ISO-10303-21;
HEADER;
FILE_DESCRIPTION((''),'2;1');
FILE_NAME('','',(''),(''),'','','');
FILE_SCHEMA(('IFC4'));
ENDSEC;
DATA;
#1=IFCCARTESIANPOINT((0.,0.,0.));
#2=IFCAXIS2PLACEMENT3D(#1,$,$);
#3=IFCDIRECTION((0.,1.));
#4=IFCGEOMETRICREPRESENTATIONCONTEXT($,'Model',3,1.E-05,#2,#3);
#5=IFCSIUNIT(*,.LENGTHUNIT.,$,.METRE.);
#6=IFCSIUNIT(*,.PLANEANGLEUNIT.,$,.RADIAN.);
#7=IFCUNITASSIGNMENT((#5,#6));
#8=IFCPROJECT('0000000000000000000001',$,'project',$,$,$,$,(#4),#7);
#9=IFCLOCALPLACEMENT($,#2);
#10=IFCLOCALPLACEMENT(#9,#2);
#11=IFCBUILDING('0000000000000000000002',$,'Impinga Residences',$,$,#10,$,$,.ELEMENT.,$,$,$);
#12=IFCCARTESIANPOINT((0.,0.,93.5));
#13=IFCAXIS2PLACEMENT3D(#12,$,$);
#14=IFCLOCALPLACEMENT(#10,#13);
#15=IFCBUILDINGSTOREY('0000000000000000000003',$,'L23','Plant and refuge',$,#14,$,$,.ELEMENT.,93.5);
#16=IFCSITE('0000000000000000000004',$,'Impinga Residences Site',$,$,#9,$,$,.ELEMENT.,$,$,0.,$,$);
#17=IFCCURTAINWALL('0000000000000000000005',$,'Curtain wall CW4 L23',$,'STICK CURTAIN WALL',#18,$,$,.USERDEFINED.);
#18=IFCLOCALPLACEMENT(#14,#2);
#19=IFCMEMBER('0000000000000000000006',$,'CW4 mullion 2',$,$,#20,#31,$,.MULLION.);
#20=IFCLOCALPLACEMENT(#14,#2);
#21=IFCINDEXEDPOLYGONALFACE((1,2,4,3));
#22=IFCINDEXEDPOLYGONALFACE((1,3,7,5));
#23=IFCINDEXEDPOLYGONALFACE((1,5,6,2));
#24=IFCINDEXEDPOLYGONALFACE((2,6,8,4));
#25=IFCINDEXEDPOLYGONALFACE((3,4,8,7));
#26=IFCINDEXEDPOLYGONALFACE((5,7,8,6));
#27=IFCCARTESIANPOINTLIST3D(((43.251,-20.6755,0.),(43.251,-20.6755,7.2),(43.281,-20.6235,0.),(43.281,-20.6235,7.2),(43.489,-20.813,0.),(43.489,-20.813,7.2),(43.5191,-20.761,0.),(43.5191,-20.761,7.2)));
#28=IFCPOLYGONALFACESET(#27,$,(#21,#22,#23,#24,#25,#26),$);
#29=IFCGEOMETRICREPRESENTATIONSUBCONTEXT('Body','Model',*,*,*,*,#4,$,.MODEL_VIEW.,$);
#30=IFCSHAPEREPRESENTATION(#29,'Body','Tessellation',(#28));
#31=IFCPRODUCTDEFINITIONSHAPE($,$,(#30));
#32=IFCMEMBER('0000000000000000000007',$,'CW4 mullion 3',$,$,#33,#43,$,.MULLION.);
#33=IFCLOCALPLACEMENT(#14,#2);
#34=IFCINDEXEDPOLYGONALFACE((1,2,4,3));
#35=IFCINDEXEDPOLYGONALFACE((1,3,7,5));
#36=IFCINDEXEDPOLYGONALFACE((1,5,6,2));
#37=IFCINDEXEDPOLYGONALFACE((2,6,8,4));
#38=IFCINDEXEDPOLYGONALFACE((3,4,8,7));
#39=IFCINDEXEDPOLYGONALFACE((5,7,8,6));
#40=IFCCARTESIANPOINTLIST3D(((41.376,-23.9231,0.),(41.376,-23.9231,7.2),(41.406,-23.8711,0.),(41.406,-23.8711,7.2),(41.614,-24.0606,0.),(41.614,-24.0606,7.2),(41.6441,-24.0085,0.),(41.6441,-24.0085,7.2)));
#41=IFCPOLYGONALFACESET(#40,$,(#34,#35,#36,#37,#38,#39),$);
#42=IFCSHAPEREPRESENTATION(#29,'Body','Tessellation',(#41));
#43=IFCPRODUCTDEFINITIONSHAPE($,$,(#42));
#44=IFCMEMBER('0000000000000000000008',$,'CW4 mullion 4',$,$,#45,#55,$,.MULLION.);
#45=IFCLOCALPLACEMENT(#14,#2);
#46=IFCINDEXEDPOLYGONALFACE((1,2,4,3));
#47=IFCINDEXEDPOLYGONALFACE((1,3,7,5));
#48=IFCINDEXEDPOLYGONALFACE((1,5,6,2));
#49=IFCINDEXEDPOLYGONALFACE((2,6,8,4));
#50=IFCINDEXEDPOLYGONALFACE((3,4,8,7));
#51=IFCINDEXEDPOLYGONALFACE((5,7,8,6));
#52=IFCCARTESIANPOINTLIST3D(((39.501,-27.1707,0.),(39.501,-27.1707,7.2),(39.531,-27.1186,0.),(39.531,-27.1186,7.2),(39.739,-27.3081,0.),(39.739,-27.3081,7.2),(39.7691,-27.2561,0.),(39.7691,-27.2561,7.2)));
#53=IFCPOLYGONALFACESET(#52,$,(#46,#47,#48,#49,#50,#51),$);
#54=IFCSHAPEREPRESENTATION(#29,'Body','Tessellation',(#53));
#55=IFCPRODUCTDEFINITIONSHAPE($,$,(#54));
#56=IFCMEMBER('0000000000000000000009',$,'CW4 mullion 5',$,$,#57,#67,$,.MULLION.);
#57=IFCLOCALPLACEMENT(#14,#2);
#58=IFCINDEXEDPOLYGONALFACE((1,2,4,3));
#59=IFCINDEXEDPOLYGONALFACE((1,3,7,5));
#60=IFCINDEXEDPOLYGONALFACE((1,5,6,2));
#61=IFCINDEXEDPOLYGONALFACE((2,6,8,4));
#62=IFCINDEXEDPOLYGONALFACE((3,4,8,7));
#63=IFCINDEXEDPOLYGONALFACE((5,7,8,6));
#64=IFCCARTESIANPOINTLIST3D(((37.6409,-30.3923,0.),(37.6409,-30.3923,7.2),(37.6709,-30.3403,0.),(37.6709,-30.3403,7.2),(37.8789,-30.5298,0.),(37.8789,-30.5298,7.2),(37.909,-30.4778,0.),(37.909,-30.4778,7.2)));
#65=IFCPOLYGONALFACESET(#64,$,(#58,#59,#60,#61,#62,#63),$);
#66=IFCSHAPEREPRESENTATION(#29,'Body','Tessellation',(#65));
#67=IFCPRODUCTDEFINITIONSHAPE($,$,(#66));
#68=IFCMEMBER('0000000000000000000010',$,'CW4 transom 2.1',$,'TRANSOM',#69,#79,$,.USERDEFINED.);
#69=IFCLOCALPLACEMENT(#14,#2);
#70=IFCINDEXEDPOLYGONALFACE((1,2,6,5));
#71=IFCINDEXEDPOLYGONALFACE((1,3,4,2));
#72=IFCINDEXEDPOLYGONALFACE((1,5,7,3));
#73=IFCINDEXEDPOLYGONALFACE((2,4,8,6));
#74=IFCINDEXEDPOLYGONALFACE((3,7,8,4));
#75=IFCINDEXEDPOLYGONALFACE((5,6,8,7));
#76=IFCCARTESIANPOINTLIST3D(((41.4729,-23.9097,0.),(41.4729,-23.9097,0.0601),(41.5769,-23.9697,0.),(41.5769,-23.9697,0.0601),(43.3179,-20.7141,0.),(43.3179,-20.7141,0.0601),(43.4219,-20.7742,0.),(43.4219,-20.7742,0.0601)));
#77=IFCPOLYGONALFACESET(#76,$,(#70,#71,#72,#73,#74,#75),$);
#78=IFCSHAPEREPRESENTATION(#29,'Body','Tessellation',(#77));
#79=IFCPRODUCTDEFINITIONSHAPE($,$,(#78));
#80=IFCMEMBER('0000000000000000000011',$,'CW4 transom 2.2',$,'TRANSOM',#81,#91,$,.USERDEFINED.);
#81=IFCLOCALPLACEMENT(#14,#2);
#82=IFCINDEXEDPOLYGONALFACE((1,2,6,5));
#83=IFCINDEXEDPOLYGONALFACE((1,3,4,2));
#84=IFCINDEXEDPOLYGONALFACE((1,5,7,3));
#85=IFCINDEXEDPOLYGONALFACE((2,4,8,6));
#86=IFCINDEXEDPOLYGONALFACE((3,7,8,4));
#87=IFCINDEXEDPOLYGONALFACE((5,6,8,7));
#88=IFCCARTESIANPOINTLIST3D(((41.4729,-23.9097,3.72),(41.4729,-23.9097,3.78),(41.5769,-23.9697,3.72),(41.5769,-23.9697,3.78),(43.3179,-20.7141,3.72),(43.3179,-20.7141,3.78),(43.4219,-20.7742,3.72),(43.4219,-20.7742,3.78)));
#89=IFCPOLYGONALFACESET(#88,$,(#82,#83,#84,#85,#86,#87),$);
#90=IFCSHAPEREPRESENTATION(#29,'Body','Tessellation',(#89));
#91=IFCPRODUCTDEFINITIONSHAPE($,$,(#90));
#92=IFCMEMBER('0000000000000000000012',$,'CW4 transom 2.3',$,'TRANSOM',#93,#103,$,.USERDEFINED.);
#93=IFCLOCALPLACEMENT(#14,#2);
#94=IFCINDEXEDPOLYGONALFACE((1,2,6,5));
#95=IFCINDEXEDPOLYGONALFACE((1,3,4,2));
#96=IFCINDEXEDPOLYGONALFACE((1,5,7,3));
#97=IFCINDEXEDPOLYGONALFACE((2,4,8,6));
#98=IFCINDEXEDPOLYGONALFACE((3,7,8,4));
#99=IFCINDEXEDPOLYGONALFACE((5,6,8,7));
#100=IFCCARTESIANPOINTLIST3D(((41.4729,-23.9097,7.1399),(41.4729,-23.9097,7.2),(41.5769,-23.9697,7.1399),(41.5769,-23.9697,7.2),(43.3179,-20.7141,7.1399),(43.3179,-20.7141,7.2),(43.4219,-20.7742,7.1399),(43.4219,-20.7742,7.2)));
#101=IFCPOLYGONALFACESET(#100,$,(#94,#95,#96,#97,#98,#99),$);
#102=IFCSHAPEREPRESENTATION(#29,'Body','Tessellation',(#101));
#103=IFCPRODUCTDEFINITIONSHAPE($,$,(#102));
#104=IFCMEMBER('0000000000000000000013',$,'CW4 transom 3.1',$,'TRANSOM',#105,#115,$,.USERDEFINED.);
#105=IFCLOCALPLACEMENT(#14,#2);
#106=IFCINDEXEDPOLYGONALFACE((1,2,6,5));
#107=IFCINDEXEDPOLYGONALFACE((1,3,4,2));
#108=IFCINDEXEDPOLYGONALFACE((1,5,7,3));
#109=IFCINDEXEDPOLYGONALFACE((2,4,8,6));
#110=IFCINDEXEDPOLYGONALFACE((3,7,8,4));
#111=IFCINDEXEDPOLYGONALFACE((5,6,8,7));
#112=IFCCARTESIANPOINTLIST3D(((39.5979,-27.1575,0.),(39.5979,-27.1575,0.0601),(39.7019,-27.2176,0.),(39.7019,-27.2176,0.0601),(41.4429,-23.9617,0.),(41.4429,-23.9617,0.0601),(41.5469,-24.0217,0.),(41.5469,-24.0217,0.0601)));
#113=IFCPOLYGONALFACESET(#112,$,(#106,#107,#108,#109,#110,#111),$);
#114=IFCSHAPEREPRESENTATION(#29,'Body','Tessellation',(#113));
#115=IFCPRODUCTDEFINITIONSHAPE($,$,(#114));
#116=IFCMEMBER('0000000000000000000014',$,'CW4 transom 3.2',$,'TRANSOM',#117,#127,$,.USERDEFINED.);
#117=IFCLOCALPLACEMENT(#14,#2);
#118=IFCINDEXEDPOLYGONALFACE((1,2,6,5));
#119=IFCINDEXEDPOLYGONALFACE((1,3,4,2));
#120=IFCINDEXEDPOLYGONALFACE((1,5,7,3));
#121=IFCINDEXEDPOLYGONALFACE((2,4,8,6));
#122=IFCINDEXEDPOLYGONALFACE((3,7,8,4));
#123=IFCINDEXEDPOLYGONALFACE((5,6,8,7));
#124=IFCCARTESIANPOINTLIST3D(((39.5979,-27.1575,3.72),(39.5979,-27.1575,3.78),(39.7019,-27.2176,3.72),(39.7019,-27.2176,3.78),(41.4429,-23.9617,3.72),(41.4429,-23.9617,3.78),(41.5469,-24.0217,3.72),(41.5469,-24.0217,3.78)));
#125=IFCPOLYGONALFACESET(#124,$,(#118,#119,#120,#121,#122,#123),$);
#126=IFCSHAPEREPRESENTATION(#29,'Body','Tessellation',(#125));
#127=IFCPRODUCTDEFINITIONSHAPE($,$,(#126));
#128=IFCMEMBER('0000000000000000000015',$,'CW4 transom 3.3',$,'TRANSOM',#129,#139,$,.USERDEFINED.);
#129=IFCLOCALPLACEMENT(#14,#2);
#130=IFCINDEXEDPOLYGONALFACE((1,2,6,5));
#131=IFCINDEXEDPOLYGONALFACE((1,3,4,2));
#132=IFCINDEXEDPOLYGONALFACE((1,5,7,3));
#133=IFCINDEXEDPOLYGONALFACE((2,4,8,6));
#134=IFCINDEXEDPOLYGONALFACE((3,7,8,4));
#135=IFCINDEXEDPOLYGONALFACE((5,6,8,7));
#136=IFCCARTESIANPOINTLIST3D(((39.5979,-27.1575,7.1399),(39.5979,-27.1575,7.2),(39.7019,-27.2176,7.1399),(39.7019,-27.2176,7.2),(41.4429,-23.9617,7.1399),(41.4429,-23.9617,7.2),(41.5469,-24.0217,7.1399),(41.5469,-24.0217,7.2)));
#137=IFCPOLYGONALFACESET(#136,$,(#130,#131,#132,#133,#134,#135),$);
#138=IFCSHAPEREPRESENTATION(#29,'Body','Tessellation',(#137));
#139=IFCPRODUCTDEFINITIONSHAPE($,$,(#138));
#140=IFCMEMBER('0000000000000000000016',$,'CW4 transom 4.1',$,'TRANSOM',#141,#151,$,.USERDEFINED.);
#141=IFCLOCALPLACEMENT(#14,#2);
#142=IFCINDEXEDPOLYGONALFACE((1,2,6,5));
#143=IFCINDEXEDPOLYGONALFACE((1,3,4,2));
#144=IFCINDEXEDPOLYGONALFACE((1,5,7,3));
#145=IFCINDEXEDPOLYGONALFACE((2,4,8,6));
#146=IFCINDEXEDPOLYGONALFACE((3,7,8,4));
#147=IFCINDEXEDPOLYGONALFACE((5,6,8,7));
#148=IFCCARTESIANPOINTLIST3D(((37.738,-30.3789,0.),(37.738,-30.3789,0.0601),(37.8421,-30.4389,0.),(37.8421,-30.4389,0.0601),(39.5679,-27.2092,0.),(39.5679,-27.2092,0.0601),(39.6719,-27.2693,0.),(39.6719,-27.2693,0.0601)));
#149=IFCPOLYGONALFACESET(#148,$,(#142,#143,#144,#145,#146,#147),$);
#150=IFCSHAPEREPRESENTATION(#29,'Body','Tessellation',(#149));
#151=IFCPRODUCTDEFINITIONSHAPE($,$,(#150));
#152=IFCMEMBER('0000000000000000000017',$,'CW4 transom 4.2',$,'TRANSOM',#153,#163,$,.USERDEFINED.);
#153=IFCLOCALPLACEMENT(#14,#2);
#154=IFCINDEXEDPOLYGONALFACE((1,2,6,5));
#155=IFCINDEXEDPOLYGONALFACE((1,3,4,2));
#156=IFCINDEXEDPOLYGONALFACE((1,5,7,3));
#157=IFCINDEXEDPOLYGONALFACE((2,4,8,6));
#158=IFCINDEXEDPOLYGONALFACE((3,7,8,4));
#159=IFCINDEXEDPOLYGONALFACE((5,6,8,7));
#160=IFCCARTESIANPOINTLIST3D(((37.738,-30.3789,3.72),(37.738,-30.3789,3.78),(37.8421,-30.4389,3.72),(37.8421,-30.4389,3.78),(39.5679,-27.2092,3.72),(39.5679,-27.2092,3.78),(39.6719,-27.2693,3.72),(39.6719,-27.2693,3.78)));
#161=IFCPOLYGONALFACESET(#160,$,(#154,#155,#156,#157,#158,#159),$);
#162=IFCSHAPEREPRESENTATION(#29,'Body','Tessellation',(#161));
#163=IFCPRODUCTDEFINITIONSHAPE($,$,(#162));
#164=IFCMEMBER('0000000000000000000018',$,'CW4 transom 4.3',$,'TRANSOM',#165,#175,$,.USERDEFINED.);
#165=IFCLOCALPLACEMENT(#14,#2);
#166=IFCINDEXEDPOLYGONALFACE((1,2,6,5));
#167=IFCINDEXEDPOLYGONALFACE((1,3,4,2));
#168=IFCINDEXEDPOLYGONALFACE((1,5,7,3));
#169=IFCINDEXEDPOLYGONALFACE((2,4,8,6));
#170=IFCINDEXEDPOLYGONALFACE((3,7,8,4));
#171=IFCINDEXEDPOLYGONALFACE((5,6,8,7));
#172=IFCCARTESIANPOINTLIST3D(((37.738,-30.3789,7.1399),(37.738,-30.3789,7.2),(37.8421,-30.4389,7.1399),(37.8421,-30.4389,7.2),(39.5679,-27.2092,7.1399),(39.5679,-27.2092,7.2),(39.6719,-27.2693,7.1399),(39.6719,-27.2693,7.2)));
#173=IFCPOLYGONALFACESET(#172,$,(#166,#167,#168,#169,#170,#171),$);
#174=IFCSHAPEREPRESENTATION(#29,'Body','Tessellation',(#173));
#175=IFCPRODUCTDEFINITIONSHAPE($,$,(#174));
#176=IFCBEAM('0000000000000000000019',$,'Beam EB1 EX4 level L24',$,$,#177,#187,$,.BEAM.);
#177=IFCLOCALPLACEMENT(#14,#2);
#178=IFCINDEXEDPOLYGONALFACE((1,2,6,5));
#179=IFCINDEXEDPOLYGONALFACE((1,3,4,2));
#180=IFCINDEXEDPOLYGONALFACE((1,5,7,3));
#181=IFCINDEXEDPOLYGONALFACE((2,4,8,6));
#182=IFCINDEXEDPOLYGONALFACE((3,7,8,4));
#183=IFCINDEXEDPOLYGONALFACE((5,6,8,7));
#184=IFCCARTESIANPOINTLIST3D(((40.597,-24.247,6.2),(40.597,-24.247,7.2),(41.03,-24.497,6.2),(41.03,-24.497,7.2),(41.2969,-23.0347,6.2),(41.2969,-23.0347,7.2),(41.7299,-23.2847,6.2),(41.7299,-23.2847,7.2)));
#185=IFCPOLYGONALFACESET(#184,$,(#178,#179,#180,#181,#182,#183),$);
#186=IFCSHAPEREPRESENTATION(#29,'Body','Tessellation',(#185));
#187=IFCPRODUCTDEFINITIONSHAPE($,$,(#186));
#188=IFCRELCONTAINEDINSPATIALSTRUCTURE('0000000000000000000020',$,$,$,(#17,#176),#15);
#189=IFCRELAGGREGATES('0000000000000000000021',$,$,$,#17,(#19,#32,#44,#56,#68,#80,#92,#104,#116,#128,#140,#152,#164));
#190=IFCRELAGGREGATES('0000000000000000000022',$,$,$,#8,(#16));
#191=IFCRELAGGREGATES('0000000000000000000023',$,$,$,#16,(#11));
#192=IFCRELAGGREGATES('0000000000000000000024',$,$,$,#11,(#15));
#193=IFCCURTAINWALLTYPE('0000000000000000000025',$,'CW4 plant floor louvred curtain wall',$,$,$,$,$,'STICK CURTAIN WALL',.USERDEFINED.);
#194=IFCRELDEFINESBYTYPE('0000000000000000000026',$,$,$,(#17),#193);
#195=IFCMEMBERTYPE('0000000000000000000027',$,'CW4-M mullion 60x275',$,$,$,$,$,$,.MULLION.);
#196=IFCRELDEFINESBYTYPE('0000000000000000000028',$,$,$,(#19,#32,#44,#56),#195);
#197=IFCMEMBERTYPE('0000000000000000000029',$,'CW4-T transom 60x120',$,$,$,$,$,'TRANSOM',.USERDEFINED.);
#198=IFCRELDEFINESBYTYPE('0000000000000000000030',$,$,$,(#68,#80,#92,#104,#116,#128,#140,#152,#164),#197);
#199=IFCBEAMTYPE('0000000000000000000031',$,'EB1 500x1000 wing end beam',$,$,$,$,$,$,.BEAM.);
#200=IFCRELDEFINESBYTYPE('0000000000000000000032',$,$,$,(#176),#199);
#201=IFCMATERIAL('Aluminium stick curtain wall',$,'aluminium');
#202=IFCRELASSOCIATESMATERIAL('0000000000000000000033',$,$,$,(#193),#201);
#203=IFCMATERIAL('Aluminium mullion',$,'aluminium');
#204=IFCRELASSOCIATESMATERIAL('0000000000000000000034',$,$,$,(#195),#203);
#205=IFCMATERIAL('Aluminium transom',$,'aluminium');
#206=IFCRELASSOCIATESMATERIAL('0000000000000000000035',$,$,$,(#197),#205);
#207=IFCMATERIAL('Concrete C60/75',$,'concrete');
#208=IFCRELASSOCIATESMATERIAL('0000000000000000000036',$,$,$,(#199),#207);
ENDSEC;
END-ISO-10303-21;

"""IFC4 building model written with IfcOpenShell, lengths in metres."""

from ifc_helpers import new_model, si_unit, direction, frame, origin, origin_2d, place, context, subcontext, project, spatial, rectangle, extrude, material, material_profile, profile_set, type_object, element, aggregate, save


model = new_model("IFC4")

# Units and contexts
model_context = context("Model", 3, precision=1e-05, world=origin(), true_north=direction((0.0, 1.0)))
body_context = subcontext(model_context, "Body", "Model", "MODEL_VIEW")
ifc_project = project(units=[si_unit("LENGTHUNIT", "METRE"), si_unit("PLANEANGLEUNIT", "RADIAN")], contexts=[model_context])

# Site, building, storey
site_placement = place(None, origin())
site = spatial("IfcSite", under=ifc_project, at=site_placement, Name="Impinga Residences Site", CompositionType="ELEMENT", RefElevation=0.0)
building_placement = place(site_placement, origin())
building = spatial("IfcBuilding", under=site, at=building_placement, Name="Impinga Residences", CompositionType="ELEMENT")
storey_placement = place(building_placement, frame((0.0, 0.0, 93.5)))
storey = spatial("IfcBuildingStorey", under=building, at=storey_placement, Name="L23", Description="Plant and refuge", CompositionType="ELEMENT", Elevation=93.5)

# Curtain wall, members
ifc_material_1 = material(Name="Aluminium stick curtain wall", Category="aluminium")
curtain_wall_type = type_object("IfcCurtainWallType", Name="CW4 plant floor louvred curtain wall", ElementType="STICK CURTAIN WALL", PredefinedType="USERDEFINED", material=ifc_material_1)
curtain_wall_placement = place(storey_placement, origin())
curtain_wall = element("IfcCurtainWall", 1, at=curtain_wall_placement, inside=storey, type_object=curtain_wall_type, Name="Curtain wall CW4 L23", ObjectType="STICK CURTAIN WALL", PredefinedType="USERDEFINED")
ifc_material_2 = material(Name="Aluminium mullion", Category="aluminium")
ifc_material_profile_1 = material_profile(ifc_material_2, rectangle(XDim=0.0601, YDim=0.2749, at=origin_2d()), Name="60x275 mullion")
ifc_profile_set_1 = profile_set([ifc_material_profile_1], Name="Aluminium mullion")
member_type_1 = type_object("IfcMemberType", Name="CW4-M mullion 60x275", PredefinedType="MULLION", material=ifc_profile_set_1)
member_1_placement = place(storey_placement, frame((43.385, -20.7183, 0.0), z_axis=(0.0, 0.0, 1.0), x_axis=(-0.5, -0.866025, 0.0)))
member_1 = element("IfcMember", 2, at=member_1_placement, type_object=member_type_1, Name="CW4 mullion 2", PredefinedType="MULLION", context=body_context, shape_type="SweptSolid", body=[
    extrude(rectangle(XDim=0.0601, YDim=0.2749, at=origin_2d()), origin(), (0.0, 0.0, 1.0), 7.2),
])
member_2_placement = place(storey_placement, frame((41.51, -23.9658, 0.0), z_axis=(0.0, 0.0, 1.0), x_axis=(-0.5, -0.866025, 0.0)))
member_2 = element("IfcMember", 3, at=member_2_placement, type_object=member_type_1, Name="CW4 mullion 3", PredefinedType="MULLION", context=body_context, shape_type="SweptSolid", body=[
    extrude(rectangle(XDim=0.0601, YDim=0.2749, at=origin_2d()), origin(), (0.0, 0.0, 1.0), 7.2),
])
member_3_placement = place(storey_placement, frame((39.635, -27.2134, 0.0), z_axis=(0.0, 0.0, 1.0), x_axis=(-0.5, -0.866025, 0.0)))
member_3 = element("IfcMember", 4, at=member_3_placement, type_object=member_type_1, Name="CW4 mullion 4", PredefinedType="MULLION", context=body_context, shape_type="SweptSolid", body=[
    extrude(rectangle(XDim=0.0601, YDim=0.2749, at=origin_2d()), origin(), (0.0, 0.0, 1.0), 7.2),
])
member_4_placement = place(storey_placement, frame((37.7749, -30.4351, 0.0), z_axis=(0.0, 0.0, 1.0), x_axis=(-0.5, -0.866025, 0.0)))
member_4 = element("IfcMember", 5, at=member_4_placement, type_object=member_type_1, Name="CW4 mullion 5", PredefinedType="MULLION", context=body_context, shape_type="SweptSolid", body=[
    extrude(rectangle(XDim=0.0601, YDim=0.2749, at=origin_2d()), origin(), (0.0, 0.0, 1.0), 7.2),
])
ifc_material_3 = material(Name="Aluminium transom", Category="aluminium")
ifc_material_profile_2 = material_profile(ifc_material_3, rectangle(XDim=0.0601, YDim=0.1201, at=origin_2d()), Name="60x120 transom")
ifc_profile_set_2 = profile_set([ifc_material_profile_2], Name="Aluminium transom")
member_type_2 = type_object("IfcMemberType", Name="CW4-T transom 60x120", ElementType="TRANSOM", PredefinedType="USERDEFINED", material=ifc_profile_set_2)
member_5_placement = place(storey_placement, frame((43.3699, -20.7441, 0.03), z_axis=(-0.500003, -0.866024, 0.0), x_axis=(0.0, 0.0, 1.0)))
member_5 = element("IfcMember", 6, at=member_5_placement, type_object=member_type_2, Name="CW4 transom 2.1", ObjectType="TRANSOM", PredefinedType="USERDEFINED", context=body_context, shape_type="SweptSolid", body=[
    extrude(rectangle(XDim=0.0601, YDim=0.1201, at=origin_2d()), origin(), (0.0, 0.0, 1.0), 3.6899),
])
member_6_placement = place(storey_placement, frame((43.3699, -20.7441, 3.75), z_axis=(-0.500003, -0.866024, 0.0), x_axis=(0.0, 0.0, 1.0)))
member_6 = element("IfcMember", 7, at=member_6_placement, type_object=member_type_2, Name="CW4 transom 2.2", ObjectType="TRANSOM", PredefinedType="USERDEFINED", context=body_context, shape_type="SweptSolid", body=[
    extrude(rectangle(XDim=0.0601, YDim=0.1201, at=origin_2d()), origin(), (0.0, 0.0, 1.0), 3.6899),
])
member_7_placement = place(storey_placement, frame((43.3699, -20.7441, 7.1699), z_axis=(-0.500003, -0.866024, 0.0), x_axis=(0.0, 0.0, 1.0)))
member_7 = element("IfcMember", 8, at=member_7_placement, type_object=member_type_2, Name="CW4 transom 2.3", ObjectType="TRANSOM", PredefinedType="USERDEFINED", context=body_context, shape_type="SweptSolid", body=[
    extrude(rectangle(XDim=0.0601, YDim=0.1201, at=origin_2d()), origin(), (0.0, 0.0, 1.0), 3.6899),
])
member_8_placement = place(storey_placement, frame((41.4949, -23.9917, 0.03), z_axis=(-0.499974, -0.86604, 0.0), x_axis=(0.0, 0.0, 1.0)))
member_8 = element("IfcMember", 9, at=member_8_placement, type_object=member_type_2, Name="CW4 transom 3.1", ObjectType="TRANSOM", PredefinedType="USERDEFINED", context=body_context, shape_type="SweptSolid", body=[
    extrude(rectangle(XDim=0.0601, YDim=0.1201, at=origin_2d()), origin(), (0.0, 0.0, 1.0), 3.6902),
])
member_9_placement = place(storey_placement, frame((41.4949, -23.9917, 3.75), z_axis=(-0.499974, -0.86604, 0.0), x_axis=(0.0, 0.0, 1.0)))
member_9 = element("IfcMember", 10, at=member_9_placement, type_object=member_type_2, Name="CW4 transom 3.2", ObjectType="TRANSOM", PredefinedType="USERDEFINED", context=body_context, shape_type="SweptSolid", body=[
    extrude(rectangle(XDim=0.0601, YDim=0.1201, at=origin_2d()), origin(), (0.0, 0.0, 1.0), 3.6902),
])
member_10_placement = place(storey_placement, frame((41.4949, -23.9917, 7.1699), z_axis=(-0.499974, -0.86604, 0.0), x_axis=(0.0, 0.0, 1.0)))
member_10 = element("IfcMember", 11, at=member_10_placement, type_object=member_type_2, Name="CW4 transom 3.3", ObjectType="TRANSOM", PredefinedType="USERDEFINED", context=body_context, shape_type="SweptSolid", body=[
    extrude(rectangle(XDim=0.0601, YDim=0.1201, at=origin_2d()), origin(), (0.0, 0.0, 1.0), 3.6902),
])
member_11_placement = place(storey_placement, frame((39.6199, -27.2393, 0.03), z_axis=(-0.499963, -0.866047, 0.0), x_axis=(0.0, 0.0, 1.0)))
member_11 = element("IfcMember", 12, at=member_11_placement, type_object=member_type_2, Name="CW4 transom 4.1", ObjectType="TRANSOM", PredefinedType="USERDEFINED", context=body_context, shape_type="SweptSolid", body=[
    extrude(rectangle(XDim=0.0601, YDim=0.1201, at=origin_2d()), origin(), (0.0, 0.0, 1.0), 3.6599),
])
member_12_placement = place(storey_placement, frame((39.6199, -27.2393, 3.75), z_axis=(-0.499963, -0.866047, 0.0), x_axis=(0.0, 0.0, 1.0)))
member_12 = element("IfcMember", 13, at=member_12_placement, type_object=member_type_2, Name="CW4 transom 4.2", ObjectType="TRANSOM", PredefinedType="USERDEFINED", context=body_context, shape_type="SweptSolid", body=[
    extrude(rectangle(XDim=0.0601, YDim=0.1201, at=origin_2d()), origin(), (0.0, 0.0, 1.0), 3.6599),
])
member_13_placement = place(storey_placement, frame((39.6199, -27.2393, 7.1699), z_axis=(-0.499963, -0.866047, 0.0), x_axis=(0.0, 0.0, 1.0)))
member_13 = element("IfcMember", 14, at=member_13_placement, type_object=member_type_2, Name="CW4 transom 4.3", ObjectType="TRANSOM", PredefinedType="USERDEFINED", context=body_context, shape_type="SweptSolid", body=[
    extrude(rectangle(XDim=0.0601, YDim=0.1201, at=origin_2d()), origin(), (0.0, 0.0, 1.0), 3.6599),
])

# Beam
ifc_material_4 = material(Name="Concrete C60/75", Category="concrete")
ifc_material_profile_3 = material_profile(ifc_material_4, rectangle(XDim=0.5, YDim=1.0, at=origin_2d()), Name="RC 500x1000")
ifc_profile_set_3 = profile_set([ifc_material_profile_3], Name="Concrete C60/75")
beam_type = type_object("IfcBeamType", Name="EB1 500x1000 wing end beam", PredefinedType="BEAM", material=ifc_profile_set_3)
beam_1_placement = place(storey_placement, frame((41.5134, -23.1597, 6.7), z_axis=(-0.499984, -0.866035, 0.0), x_axis=(0.866035, -0.499984, 0.0)))
element("IfcBeam", 15, at=beam_1_placement, inside=storey, type_object=beam_type, Name="Beam EB1 EX4 level L24", PredefinedType="BEAM", context=body_context, shape_type="SweptSolid", body=[
    extrude(rectangle(XDim=0.5, YDim=1.0, at=origin_2d()), origin(), (0.0, 0.0, 1.0), 1.3999),
])

aggregate(curtain_wall, [member_1, member_2, member_3, member_4, member_5, member_6, member_7, member_8, member_9, member_10, member_11, member_12, member_13])

save(model, "model.ifc")
